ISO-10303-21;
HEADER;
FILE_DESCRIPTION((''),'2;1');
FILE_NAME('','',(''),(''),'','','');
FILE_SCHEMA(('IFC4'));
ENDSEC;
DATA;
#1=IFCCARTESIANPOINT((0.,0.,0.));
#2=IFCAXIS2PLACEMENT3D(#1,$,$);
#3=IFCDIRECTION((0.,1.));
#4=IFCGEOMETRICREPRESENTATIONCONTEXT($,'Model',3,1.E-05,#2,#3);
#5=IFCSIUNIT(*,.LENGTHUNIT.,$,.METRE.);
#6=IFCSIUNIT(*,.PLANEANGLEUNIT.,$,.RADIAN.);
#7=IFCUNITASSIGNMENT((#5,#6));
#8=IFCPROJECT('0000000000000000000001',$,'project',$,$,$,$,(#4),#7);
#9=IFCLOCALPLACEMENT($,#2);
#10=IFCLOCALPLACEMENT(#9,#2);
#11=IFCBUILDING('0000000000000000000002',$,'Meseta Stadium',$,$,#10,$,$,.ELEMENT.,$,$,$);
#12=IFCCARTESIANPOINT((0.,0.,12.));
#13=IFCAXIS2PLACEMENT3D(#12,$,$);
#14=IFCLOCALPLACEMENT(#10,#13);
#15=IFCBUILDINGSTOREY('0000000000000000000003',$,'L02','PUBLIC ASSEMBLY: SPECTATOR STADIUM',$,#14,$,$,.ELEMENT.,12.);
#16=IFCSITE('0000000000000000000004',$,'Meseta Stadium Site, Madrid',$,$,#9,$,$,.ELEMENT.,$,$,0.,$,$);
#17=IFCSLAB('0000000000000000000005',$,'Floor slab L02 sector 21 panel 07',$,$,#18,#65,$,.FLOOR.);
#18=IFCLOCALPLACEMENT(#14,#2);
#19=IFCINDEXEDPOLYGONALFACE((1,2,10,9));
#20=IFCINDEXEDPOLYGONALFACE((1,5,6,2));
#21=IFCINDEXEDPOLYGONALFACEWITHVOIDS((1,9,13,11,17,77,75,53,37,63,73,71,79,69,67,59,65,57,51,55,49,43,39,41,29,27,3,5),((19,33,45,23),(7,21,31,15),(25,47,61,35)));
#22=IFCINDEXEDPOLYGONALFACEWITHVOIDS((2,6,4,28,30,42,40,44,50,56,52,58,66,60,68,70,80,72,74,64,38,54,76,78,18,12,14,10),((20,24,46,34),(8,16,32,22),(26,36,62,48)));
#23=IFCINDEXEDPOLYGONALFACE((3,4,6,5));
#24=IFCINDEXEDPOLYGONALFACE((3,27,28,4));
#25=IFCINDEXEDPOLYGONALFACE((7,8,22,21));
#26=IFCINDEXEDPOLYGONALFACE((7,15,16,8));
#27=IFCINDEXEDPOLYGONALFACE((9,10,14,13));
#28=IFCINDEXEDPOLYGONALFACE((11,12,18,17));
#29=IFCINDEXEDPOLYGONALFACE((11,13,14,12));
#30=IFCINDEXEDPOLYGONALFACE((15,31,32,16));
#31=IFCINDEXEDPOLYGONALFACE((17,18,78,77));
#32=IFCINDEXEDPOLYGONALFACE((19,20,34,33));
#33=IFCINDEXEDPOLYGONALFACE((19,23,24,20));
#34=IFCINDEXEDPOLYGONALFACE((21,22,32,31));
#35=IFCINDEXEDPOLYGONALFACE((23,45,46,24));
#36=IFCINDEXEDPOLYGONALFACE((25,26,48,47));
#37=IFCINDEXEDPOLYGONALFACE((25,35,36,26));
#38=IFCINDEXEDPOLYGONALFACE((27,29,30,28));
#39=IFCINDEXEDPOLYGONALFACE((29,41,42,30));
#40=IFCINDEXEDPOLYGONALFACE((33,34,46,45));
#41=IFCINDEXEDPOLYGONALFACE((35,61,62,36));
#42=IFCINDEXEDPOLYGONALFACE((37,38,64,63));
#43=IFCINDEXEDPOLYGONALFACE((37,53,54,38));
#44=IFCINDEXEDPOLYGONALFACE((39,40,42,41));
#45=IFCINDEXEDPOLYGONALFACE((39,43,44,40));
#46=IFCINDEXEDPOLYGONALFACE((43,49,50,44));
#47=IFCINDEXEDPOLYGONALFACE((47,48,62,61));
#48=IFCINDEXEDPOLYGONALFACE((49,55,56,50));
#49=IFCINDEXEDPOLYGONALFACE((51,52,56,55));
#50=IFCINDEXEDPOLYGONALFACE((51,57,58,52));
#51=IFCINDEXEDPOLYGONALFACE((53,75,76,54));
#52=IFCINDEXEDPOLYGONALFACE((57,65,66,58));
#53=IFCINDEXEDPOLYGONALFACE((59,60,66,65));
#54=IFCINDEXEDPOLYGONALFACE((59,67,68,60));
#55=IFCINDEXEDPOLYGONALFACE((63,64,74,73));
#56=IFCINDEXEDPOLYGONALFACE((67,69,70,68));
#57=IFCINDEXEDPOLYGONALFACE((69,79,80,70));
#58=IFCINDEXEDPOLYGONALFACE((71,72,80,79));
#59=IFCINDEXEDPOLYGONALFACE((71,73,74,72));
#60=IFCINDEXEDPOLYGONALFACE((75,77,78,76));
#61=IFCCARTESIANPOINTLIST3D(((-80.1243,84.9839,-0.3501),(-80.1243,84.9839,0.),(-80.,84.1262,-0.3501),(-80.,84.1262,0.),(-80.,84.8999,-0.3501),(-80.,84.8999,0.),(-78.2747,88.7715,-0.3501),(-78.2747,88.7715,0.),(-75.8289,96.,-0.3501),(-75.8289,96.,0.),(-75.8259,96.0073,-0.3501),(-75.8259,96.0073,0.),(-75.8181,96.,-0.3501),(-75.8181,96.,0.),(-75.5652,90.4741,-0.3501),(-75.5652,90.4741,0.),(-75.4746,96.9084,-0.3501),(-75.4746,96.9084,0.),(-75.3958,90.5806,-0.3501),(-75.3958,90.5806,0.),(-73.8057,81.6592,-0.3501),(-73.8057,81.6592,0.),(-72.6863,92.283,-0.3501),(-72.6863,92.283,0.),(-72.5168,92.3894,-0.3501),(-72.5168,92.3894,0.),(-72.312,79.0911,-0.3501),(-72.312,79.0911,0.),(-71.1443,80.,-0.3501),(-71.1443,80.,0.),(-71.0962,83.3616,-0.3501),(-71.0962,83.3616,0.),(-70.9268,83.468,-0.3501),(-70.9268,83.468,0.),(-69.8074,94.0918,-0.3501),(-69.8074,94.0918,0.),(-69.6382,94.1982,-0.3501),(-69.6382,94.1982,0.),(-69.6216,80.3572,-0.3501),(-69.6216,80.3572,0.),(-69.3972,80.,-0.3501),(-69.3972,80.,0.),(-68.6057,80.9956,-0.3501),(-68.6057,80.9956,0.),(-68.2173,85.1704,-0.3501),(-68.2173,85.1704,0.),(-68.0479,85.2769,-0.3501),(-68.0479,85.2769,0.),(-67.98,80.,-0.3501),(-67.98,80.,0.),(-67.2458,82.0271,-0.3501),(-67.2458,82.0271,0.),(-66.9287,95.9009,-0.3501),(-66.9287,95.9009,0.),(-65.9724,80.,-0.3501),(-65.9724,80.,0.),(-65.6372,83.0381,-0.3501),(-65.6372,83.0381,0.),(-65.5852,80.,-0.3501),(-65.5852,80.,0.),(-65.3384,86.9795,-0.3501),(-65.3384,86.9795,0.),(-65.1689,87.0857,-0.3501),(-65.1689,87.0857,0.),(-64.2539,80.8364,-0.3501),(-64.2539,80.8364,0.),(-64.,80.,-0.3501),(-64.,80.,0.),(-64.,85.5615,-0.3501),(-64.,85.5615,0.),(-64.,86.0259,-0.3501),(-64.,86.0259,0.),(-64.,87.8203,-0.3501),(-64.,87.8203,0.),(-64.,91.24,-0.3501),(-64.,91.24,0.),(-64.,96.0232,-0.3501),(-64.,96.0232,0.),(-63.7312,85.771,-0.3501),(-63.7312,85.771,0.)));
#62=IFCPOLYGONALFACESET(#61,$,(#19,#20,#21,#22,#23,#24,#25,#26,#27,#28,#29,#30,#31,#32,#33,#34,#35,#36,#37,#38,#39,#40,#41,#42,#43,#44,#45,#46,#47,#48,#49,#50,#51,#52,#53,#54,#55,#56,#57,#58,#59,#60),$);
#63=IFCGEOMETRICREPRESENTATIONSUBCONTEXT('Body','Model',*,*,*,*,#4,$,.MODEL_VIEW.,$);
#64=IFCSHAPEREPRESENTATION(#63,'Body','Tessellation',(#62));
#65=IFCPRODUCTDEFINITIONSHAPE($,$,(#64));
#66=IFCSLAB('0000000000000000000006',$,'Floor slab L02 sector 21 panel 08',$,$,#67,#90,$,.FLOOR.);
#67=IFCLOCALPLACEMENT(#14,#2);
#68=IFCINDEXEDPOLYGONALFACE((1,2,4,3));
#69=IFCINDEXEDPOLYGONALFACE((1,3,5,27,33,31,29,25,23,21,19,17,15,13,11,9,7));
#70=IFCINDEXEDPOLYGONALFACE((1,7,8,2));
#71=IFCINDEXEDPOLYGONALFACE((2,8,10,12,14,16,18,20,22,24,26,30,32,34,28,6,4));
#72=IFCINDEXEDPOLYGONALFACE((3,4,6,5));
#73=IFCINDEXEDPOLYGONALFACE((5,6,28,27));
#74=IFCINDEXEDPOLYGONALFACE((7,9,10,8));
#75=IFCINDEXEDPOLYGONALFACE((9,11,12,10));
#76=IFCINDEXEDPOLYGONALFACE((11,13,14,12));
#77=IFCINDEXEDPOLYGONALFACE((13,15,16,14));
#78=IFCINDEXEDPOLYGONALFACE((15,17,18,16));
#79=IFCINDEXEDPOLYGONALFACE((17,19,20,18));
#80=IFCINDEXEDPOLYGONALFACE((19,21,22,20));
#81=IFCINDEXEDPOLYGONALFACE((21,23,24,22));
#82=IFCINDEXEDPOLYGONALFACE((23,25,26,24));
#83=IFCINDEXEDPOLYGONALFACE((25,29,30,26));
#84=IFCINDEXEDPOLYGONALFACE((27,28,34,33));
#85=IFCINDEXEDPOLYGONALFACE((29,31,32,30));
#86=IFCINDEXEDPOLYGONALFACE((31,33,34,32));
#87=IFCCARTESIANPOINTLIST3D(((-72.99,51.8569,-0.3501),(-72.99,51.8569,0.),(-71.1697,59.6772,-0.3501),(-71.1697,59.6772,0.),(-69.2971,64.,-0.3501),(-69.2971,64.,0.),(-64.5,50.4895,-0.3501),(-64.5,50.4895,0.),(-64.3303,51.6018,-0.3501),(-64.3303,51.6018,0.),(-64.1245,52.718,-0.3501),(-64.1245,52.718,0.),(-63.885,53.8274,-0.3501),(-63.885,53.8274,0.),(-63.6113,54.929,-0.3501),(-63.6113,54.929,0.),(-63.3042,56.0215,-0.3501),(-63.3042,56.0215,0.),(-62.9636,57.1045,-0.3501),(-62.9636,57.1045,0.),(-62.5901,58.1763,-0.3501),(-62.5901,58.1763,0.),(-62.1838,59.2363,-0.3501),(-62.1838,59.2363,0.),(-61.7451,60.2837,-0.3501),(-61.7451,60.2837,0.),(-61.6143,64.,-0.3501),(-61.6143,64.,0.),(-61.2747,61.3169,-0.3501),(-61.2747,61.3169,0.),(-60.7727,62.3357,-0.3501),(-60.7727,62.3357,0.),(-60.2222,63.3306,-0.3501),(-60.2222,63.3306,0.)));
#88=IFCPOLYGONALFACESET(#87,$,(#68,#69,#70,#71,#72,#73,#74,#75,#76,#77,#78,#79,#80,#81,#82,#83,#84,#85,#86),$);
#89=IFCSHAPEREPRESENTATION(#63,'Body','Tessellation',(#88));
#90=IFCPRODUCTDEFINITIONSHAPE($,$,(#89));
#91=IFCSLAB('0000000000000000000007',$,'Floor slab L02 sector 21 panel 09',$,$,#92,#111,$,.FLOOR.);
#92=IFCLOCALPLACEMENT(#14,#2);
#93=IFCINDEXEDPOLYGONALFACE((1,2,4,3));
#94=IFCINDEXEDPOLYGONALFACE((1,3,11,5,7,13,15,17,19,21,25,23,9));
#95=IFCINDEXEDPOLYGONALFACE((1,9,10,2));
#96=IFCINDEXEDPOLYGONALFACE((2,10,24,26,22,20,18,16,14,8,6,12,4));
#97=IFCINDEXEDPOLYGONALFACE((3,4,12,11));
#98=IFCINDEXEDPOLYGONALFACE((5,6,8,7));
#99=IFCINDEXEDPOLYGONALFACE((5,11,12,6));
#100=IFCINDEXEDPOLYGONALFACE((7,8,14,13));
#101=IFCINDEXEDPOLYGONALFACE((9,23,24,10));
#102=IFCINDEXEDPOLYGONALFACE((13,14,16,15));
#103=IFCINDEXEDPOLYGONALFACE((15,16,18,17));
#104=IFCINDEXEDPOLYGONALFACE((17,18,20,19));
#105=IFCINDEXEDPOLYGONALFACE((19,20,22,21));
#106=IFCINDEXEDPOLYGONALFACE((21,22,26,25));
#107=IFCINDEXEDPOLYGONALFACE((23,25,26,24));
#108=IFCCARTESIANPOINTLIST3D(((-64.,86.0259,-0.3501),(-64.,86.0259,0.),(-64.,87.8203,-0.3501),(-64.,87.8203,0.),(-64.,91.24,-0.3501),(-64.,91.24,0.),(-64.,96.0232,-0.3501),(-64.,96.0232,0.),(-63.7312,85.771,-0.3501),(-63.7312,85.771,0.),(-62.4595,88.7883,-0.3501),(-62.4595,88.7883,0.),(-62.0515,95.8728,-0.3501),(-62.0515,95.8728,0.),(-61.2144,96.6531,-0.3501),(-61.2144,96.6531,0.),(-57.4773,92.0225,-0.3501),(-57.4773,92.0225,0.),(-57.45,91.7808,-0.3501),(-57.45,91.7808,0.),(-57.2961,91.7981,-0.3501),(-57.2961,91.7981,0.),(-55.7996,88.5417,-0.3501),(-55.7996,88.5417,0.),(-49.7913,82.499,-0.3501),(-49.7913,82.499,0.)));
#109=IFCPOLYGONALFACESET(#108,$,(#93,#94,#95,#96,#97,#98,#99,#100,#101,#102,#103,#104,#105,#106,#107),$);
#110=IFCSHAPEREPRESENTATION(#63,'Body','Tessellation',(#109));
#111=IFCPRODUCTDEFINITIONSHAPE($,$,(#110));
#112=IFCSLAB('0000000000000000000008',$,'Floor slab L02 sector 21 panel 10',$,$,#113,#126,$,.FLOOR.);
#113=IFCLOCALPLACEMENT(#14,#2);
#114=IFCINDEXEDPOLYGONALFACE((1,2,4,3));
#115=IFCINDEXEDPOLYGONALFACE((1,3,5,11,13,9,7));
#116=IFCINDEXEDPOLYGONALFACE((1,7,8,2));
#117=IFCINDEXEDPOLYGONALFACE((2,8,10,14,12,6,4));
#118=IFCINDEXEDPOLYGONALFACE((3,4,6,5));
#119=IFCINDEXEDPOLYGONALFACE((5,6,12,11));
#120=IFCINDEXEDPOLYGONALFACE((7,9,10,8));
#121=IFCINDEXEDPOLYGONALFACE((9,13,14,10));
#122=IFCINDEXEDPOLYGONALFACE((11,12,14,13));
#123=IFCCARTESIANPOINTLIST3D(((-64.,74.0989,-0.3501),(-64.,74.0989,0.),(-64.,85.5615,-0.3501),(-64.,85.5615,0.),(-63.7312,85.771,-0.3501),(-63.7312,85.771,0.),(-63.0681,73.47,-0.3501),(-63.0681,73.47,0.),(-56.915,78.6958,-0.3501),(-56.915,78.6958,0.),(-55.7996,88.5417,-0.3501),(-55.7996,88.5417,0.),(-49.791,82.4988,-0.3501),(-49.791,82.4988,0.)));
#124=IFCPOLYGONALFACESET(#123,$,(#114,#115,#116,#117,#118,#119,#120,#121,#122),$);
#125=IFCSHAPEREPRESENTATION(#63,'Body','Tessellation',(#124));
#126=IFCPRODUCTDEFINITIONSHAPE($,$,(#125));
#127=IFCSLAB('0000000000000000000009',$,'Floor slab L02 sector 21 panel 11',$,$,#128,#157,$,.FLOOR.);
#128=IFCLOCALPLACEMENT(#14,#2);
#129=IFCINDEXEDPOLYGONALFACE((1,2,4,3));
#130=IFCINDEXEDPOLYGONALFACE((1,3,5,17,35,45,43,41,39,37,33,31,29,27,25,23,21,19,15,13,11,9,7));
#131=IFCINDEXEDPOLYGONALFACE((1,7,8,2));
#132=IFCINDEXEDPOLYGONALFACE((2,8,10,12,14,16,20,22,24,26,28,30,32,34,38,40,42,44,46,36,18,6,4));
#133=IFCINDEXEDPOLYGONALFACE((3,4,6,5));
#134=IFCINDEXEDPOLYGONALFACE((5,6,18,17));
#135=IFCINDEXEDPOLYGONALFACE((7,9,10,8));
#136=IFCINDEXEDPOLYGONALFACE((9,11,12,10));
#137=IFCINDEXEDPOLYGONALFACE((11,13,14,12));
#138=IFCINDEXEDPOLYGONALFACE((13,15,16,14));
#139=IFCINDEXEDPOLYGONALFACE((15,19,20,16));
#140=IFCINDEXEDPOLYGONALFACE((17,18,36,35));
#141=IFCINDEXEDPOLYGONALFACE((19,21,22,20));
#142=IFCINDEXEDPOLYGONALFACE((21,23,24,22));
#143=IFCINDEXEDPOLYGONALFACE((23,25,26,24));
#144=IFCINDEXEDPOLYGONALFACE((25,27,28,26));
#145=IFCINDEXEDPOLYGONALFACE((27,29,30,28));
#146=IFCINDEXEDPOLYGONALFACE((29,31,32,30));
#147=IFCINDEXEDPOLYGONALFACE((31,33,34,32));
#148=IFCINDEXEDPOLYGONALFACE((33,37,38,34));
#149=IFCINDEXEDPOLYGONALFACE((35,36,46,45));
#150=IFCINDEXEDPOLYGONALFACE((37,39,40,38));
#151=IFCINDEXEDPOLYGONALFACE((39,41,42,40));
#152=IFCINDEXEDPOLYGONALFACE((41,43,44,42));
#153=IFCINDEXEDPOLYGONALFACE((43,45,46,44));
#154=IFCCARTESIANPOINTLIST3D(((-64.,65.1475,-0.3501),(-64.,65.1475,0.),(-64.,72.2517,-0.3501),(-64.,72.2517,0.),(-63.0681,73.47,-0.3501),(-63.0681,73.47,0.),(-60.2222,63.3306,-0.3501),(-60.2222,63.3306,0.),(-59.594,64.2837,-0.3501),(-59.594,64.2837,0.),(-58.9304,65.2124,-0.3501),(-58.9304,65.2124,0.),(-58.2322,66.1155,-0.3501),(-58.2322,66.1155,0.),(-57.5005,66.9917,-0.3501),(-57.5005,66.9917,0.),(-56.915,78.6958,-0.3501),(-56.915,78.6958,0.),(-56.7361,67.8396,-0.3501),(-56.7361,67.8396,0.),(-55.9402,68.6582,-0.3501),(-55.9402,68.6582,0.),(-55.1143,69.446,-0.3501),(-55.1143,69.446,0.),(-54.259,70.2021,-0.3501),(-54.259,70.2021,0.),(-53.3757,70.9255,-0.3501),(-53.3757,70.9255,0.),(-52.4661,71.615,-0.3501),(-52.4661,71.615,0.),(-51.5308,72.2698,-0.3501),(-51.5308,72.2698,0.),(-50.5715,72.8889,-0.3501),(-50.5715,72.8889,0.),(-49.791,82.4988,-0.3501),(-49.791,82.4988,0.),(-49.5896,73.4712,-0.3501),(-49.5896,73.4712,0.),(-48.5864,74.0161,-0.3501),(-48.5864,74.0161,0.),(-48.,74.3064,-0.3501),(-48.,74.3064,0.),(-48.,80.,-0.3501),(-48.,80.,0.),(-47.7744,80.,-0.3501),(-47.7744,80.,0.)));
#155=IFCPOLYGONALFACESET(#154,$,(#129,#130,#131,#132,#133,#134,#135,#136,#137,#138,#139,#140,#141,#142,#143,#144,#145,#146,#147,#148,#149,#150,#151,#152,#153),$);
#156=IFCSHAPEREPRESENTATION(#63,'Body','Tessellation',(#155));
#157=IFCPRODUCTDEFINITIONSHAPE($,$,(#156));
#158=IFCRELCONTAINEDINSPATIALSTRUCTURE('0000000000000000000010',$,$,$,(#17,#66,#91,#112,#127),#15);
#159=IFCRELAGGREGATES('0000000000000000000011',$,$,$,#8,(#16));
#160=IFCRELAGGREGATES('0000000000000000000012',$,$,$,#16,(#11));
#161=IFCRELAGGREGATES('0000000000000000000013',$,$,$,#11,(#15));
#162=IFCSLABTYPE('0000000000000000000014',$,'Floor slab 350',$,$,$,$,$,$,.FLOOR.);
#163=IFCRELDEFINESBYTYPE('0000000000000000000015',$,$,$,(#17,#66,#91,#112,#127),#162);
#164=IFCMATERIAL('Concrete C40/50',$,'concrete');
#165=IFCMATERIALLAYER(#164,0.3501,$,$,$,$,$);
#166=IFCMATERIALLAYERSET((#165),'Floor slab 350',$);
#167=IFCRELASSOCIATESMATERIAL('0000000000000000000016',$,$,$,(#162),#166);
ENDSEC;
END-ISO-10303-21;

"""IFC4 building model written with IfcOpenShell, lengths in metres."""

from ifc_helpers import new_model, si_unit, direction, frame, origin, place, context, subcontext, project, spatial, polyline, outline, extrude, material, layer, layer_set, type_object, element, save


model = new_model("IFC4")

# Units and contexts
model_context = context("Model", 3, precision=1e-05, world=origin(), true_north=direction((0.0, 1.0)))
body_context = subcontext(model_context, "Body", "Model", "MODEL_VIEW")
ifc_project = project(units=[si_unit("LENGTHUNIT", "METRE"), si_unit("PLANEANGLEUNIT", "RADIAN")], contexts=[model_context])

# Site, building, storey
site_placement = place(None, origin())
site = spatial("IfcSite", under=ifc_project, at=site_placement, Name="Meseta Stadium Site, Madrid", CompositionType="ELEMENT", RefElevation=0.0)
building_placement = place(site_placement, origin())
building = spatial("IfcBuilding", under=site, at=building_placement, Name="Meseta Stadium", CompositionType="ELEMENT")
storey_placement = place(building_placement, frame((0.0, 0.0, 12.0)))
storey = spatial("IfcBuildingStorey", under=building, at=storey_placement, Name="L02", Description="PUBLIC ASSEMBLY: SPECTATOR STADIUM", CompositionType="ELEMENT", Elevation=12.0)

# Slabs
ifc_material = material(Name="Concrete C40/50", Category="concrete")
ifc_layer = layer(ifc_material, 0.3501)
ifc_layer_set = layer_set([ifc_layer], Name="Floor slab 350")
slab_type = type_object("IfcSlabType", Name="Floor slab 350", PredefinedType="FLOOR", material=ifc_layer_set)
slab_1_placement = place(storey_placement, frame((0.0, 0.0, -0.3501)))
element("IfcSlab", 1, at=slab_1_placement, inside=storey, type_object=slab_type, Name="Floor slab L02 sector 21 panel 07", PredefinedType="FLOOR", context=body_context, shape_type="SweptSolid", body=[
    extrude(outline(polyline([(-80.0, 84.1262), (-72.312, 79.0911), (-71.1443, 80.0), (-69.3972, 80.0), (-69.6216, 80.3572), (-68.6057, 80.9956), (-67.98, 80.0), (-65.9724, 80.0), (-67.2458, 82.0271), (-65.6372, 83.0381), (-64.2539, 80.8364), (-65.5852, 80.0), (-64.0, 80.0), (-64.0, 85.5615), (-63.7312, 85.771), (-64.0, 86.0259), (-64.0, 87.8203), (-65.1689, 87.0857), (-69.6382, 94.1982), (-66.9287, 95.9009), (-64.0, 91.24), (-64.0, 96.0232), (-75.4746, 96.9084), (-75.8259, 96.0073), (-75.8181, 96.0), (-75.8289, 96.0), (-80.1243, 84.9839), (-80.0, 84.8999), (-80.0, 84.1262)]), holes=[polyline([(-65.3384, 86.9795), (-68.0479, 85.2769), (-72.5168, 92.3894), (-69.8074, 94.0918), (-65.3384, 86.9795)]), polyline([(-71.0962, 83.3616), (-73.8057, 81.6592), (-78.2747, 88.7715), (-75.5652, 90.4741), (-71.0962, 83.3616)]), polyline([(-68.2173, 85.1704), (-70.9268, 83.468), (-75.3958, 90.5806), (-72.6863, 92.283), (-68.2173, 85.1704)])]), origin(), (0.0, 0.0, 1.0), 0.3501),
])
slab_2_placement = place(storey_placement, frame((0.0, 0.0, -0.3501)))
element("IfcSlab", 2, at=slab_2_placement, inside=storey, type_object=slab_type, Name="Floor slab L02 sector 21 panel 08", PredefinedType="FLOOR", context=body_context, shape_type="SweptSolid", body=[
    extrude(outline(polyline([(-64.1245, 52.718), (-63.885, 53.8274), (-63.6113, 54.929), (-63.3042, 56.0215), (-62.9636, 57.1045), (-62.5901, 58.1763), (-62.1838, 59.2363), (-61.7451, 60.2837), (-61.2747, 61.3169), (-60.7727, 62.3357), (-60.2222, 63.3306), (-61.6143, 64.0), (-69.2971, 64.0), (-71.1697, 59.6772), (-72.99, 51.8569), (-64.5, 50.4895), (-64.3303, 51.6018), (-64.1245, 52.718)])), origin(), (0.0, 0.0, 1.0), 0.3501),
])
slab_3_placement = place(storey_placement, frame((0.0, 0.0, -0.3501)))
element("IfcSlab", 3, at=slab_3_placement, inside=storey, type_object=slab_type, Name="Floor slab L02 sector 21 panel 09", PredefinedType="FLOOR", context=body_context, shape_type="SweptSolid", body=[
    extrude(outline(polyline([(-62.0515, 95.8728), (-64.0, 96.0232), (-64.0, 91.24), (-62.4595, 88.7883), (-64.0, 87.8203), (-64.0, 86.0259), (-63.7312, 85.771), (-55.7996, 88.5417), (-49.7913, 82.499), (-57.2961, 91.7981), (-57.45, 91.7808), (-57.4773, 92.0225), (-61.2144, 96.6531), (-62.0515, 95.8728)])), origin(), (0.0, 0.0, 1.0), 0.3501),
])
slab_4_placement = place(storey_placement, frame((0.0, 0.0, -0.3501)))
element("IfcSlab", 4, at=slab_4_placement, inside=storey, type_object=slab_type, Name="Floor slab L02 sector 21 panel 10", PredefinedType="FLOOR", context=body_context, shape_type="SweptSolid", body=[
    extrude(outline(polyline([(-63.0681, 73.47), (-56.915, 78.6958), (-49.791, 82.4988), (-55.7996, 88.5417), (-63.7312, 85.771), (-64.0, 85.5615), (-64.0, 74.0989), (-63.0681, 73.47)])), origin(), (0.0, 0.0, 1.0), 0.3501),
])
slab_5_placement = place(storey_placement, frame((0.0, 0.0, -0.3501)))
element("IfcSlab", 5, at=slab_5_placement, inside=storey, type_object=slab_type, Name="Floor slab L02 sector 21 panel 11", PredefinedType="FLOOR", context=body_context, shape_type="SweptSolid", body=[
    extrude(outline(polyline([(-48.0, 80.0), (-47.7744, 80.0), (-49.791, 82.4988), (-56.915, 78.6958), (-63.0681, 73.47), (-64.0, 72.2517), (-64.0, 65.1475), (-60.2222, 63.3306), (-59.594, 64.2837), (-58.9304, 65.2124), (-58.2322, 66.1155), (-57.5005, 66.9917), (-56.7361, 67.8396), (-55.9402, 68.6582), (-55.1143, 69.446), (-54.259, 70.2021), (-53.3757, 70.9255), (-52.4661, 71.615), (-51.5308, 72.2698), (-50.5715, 72.8889), (-49.5896, 73.4712), (-48.5864, 74.0161), (-48.0, 74.3064), (-48.0, 80.0)])), origin(), (0.0, 0.0, 1.0), 0.3501),
])

save(model, "model.ifc")
